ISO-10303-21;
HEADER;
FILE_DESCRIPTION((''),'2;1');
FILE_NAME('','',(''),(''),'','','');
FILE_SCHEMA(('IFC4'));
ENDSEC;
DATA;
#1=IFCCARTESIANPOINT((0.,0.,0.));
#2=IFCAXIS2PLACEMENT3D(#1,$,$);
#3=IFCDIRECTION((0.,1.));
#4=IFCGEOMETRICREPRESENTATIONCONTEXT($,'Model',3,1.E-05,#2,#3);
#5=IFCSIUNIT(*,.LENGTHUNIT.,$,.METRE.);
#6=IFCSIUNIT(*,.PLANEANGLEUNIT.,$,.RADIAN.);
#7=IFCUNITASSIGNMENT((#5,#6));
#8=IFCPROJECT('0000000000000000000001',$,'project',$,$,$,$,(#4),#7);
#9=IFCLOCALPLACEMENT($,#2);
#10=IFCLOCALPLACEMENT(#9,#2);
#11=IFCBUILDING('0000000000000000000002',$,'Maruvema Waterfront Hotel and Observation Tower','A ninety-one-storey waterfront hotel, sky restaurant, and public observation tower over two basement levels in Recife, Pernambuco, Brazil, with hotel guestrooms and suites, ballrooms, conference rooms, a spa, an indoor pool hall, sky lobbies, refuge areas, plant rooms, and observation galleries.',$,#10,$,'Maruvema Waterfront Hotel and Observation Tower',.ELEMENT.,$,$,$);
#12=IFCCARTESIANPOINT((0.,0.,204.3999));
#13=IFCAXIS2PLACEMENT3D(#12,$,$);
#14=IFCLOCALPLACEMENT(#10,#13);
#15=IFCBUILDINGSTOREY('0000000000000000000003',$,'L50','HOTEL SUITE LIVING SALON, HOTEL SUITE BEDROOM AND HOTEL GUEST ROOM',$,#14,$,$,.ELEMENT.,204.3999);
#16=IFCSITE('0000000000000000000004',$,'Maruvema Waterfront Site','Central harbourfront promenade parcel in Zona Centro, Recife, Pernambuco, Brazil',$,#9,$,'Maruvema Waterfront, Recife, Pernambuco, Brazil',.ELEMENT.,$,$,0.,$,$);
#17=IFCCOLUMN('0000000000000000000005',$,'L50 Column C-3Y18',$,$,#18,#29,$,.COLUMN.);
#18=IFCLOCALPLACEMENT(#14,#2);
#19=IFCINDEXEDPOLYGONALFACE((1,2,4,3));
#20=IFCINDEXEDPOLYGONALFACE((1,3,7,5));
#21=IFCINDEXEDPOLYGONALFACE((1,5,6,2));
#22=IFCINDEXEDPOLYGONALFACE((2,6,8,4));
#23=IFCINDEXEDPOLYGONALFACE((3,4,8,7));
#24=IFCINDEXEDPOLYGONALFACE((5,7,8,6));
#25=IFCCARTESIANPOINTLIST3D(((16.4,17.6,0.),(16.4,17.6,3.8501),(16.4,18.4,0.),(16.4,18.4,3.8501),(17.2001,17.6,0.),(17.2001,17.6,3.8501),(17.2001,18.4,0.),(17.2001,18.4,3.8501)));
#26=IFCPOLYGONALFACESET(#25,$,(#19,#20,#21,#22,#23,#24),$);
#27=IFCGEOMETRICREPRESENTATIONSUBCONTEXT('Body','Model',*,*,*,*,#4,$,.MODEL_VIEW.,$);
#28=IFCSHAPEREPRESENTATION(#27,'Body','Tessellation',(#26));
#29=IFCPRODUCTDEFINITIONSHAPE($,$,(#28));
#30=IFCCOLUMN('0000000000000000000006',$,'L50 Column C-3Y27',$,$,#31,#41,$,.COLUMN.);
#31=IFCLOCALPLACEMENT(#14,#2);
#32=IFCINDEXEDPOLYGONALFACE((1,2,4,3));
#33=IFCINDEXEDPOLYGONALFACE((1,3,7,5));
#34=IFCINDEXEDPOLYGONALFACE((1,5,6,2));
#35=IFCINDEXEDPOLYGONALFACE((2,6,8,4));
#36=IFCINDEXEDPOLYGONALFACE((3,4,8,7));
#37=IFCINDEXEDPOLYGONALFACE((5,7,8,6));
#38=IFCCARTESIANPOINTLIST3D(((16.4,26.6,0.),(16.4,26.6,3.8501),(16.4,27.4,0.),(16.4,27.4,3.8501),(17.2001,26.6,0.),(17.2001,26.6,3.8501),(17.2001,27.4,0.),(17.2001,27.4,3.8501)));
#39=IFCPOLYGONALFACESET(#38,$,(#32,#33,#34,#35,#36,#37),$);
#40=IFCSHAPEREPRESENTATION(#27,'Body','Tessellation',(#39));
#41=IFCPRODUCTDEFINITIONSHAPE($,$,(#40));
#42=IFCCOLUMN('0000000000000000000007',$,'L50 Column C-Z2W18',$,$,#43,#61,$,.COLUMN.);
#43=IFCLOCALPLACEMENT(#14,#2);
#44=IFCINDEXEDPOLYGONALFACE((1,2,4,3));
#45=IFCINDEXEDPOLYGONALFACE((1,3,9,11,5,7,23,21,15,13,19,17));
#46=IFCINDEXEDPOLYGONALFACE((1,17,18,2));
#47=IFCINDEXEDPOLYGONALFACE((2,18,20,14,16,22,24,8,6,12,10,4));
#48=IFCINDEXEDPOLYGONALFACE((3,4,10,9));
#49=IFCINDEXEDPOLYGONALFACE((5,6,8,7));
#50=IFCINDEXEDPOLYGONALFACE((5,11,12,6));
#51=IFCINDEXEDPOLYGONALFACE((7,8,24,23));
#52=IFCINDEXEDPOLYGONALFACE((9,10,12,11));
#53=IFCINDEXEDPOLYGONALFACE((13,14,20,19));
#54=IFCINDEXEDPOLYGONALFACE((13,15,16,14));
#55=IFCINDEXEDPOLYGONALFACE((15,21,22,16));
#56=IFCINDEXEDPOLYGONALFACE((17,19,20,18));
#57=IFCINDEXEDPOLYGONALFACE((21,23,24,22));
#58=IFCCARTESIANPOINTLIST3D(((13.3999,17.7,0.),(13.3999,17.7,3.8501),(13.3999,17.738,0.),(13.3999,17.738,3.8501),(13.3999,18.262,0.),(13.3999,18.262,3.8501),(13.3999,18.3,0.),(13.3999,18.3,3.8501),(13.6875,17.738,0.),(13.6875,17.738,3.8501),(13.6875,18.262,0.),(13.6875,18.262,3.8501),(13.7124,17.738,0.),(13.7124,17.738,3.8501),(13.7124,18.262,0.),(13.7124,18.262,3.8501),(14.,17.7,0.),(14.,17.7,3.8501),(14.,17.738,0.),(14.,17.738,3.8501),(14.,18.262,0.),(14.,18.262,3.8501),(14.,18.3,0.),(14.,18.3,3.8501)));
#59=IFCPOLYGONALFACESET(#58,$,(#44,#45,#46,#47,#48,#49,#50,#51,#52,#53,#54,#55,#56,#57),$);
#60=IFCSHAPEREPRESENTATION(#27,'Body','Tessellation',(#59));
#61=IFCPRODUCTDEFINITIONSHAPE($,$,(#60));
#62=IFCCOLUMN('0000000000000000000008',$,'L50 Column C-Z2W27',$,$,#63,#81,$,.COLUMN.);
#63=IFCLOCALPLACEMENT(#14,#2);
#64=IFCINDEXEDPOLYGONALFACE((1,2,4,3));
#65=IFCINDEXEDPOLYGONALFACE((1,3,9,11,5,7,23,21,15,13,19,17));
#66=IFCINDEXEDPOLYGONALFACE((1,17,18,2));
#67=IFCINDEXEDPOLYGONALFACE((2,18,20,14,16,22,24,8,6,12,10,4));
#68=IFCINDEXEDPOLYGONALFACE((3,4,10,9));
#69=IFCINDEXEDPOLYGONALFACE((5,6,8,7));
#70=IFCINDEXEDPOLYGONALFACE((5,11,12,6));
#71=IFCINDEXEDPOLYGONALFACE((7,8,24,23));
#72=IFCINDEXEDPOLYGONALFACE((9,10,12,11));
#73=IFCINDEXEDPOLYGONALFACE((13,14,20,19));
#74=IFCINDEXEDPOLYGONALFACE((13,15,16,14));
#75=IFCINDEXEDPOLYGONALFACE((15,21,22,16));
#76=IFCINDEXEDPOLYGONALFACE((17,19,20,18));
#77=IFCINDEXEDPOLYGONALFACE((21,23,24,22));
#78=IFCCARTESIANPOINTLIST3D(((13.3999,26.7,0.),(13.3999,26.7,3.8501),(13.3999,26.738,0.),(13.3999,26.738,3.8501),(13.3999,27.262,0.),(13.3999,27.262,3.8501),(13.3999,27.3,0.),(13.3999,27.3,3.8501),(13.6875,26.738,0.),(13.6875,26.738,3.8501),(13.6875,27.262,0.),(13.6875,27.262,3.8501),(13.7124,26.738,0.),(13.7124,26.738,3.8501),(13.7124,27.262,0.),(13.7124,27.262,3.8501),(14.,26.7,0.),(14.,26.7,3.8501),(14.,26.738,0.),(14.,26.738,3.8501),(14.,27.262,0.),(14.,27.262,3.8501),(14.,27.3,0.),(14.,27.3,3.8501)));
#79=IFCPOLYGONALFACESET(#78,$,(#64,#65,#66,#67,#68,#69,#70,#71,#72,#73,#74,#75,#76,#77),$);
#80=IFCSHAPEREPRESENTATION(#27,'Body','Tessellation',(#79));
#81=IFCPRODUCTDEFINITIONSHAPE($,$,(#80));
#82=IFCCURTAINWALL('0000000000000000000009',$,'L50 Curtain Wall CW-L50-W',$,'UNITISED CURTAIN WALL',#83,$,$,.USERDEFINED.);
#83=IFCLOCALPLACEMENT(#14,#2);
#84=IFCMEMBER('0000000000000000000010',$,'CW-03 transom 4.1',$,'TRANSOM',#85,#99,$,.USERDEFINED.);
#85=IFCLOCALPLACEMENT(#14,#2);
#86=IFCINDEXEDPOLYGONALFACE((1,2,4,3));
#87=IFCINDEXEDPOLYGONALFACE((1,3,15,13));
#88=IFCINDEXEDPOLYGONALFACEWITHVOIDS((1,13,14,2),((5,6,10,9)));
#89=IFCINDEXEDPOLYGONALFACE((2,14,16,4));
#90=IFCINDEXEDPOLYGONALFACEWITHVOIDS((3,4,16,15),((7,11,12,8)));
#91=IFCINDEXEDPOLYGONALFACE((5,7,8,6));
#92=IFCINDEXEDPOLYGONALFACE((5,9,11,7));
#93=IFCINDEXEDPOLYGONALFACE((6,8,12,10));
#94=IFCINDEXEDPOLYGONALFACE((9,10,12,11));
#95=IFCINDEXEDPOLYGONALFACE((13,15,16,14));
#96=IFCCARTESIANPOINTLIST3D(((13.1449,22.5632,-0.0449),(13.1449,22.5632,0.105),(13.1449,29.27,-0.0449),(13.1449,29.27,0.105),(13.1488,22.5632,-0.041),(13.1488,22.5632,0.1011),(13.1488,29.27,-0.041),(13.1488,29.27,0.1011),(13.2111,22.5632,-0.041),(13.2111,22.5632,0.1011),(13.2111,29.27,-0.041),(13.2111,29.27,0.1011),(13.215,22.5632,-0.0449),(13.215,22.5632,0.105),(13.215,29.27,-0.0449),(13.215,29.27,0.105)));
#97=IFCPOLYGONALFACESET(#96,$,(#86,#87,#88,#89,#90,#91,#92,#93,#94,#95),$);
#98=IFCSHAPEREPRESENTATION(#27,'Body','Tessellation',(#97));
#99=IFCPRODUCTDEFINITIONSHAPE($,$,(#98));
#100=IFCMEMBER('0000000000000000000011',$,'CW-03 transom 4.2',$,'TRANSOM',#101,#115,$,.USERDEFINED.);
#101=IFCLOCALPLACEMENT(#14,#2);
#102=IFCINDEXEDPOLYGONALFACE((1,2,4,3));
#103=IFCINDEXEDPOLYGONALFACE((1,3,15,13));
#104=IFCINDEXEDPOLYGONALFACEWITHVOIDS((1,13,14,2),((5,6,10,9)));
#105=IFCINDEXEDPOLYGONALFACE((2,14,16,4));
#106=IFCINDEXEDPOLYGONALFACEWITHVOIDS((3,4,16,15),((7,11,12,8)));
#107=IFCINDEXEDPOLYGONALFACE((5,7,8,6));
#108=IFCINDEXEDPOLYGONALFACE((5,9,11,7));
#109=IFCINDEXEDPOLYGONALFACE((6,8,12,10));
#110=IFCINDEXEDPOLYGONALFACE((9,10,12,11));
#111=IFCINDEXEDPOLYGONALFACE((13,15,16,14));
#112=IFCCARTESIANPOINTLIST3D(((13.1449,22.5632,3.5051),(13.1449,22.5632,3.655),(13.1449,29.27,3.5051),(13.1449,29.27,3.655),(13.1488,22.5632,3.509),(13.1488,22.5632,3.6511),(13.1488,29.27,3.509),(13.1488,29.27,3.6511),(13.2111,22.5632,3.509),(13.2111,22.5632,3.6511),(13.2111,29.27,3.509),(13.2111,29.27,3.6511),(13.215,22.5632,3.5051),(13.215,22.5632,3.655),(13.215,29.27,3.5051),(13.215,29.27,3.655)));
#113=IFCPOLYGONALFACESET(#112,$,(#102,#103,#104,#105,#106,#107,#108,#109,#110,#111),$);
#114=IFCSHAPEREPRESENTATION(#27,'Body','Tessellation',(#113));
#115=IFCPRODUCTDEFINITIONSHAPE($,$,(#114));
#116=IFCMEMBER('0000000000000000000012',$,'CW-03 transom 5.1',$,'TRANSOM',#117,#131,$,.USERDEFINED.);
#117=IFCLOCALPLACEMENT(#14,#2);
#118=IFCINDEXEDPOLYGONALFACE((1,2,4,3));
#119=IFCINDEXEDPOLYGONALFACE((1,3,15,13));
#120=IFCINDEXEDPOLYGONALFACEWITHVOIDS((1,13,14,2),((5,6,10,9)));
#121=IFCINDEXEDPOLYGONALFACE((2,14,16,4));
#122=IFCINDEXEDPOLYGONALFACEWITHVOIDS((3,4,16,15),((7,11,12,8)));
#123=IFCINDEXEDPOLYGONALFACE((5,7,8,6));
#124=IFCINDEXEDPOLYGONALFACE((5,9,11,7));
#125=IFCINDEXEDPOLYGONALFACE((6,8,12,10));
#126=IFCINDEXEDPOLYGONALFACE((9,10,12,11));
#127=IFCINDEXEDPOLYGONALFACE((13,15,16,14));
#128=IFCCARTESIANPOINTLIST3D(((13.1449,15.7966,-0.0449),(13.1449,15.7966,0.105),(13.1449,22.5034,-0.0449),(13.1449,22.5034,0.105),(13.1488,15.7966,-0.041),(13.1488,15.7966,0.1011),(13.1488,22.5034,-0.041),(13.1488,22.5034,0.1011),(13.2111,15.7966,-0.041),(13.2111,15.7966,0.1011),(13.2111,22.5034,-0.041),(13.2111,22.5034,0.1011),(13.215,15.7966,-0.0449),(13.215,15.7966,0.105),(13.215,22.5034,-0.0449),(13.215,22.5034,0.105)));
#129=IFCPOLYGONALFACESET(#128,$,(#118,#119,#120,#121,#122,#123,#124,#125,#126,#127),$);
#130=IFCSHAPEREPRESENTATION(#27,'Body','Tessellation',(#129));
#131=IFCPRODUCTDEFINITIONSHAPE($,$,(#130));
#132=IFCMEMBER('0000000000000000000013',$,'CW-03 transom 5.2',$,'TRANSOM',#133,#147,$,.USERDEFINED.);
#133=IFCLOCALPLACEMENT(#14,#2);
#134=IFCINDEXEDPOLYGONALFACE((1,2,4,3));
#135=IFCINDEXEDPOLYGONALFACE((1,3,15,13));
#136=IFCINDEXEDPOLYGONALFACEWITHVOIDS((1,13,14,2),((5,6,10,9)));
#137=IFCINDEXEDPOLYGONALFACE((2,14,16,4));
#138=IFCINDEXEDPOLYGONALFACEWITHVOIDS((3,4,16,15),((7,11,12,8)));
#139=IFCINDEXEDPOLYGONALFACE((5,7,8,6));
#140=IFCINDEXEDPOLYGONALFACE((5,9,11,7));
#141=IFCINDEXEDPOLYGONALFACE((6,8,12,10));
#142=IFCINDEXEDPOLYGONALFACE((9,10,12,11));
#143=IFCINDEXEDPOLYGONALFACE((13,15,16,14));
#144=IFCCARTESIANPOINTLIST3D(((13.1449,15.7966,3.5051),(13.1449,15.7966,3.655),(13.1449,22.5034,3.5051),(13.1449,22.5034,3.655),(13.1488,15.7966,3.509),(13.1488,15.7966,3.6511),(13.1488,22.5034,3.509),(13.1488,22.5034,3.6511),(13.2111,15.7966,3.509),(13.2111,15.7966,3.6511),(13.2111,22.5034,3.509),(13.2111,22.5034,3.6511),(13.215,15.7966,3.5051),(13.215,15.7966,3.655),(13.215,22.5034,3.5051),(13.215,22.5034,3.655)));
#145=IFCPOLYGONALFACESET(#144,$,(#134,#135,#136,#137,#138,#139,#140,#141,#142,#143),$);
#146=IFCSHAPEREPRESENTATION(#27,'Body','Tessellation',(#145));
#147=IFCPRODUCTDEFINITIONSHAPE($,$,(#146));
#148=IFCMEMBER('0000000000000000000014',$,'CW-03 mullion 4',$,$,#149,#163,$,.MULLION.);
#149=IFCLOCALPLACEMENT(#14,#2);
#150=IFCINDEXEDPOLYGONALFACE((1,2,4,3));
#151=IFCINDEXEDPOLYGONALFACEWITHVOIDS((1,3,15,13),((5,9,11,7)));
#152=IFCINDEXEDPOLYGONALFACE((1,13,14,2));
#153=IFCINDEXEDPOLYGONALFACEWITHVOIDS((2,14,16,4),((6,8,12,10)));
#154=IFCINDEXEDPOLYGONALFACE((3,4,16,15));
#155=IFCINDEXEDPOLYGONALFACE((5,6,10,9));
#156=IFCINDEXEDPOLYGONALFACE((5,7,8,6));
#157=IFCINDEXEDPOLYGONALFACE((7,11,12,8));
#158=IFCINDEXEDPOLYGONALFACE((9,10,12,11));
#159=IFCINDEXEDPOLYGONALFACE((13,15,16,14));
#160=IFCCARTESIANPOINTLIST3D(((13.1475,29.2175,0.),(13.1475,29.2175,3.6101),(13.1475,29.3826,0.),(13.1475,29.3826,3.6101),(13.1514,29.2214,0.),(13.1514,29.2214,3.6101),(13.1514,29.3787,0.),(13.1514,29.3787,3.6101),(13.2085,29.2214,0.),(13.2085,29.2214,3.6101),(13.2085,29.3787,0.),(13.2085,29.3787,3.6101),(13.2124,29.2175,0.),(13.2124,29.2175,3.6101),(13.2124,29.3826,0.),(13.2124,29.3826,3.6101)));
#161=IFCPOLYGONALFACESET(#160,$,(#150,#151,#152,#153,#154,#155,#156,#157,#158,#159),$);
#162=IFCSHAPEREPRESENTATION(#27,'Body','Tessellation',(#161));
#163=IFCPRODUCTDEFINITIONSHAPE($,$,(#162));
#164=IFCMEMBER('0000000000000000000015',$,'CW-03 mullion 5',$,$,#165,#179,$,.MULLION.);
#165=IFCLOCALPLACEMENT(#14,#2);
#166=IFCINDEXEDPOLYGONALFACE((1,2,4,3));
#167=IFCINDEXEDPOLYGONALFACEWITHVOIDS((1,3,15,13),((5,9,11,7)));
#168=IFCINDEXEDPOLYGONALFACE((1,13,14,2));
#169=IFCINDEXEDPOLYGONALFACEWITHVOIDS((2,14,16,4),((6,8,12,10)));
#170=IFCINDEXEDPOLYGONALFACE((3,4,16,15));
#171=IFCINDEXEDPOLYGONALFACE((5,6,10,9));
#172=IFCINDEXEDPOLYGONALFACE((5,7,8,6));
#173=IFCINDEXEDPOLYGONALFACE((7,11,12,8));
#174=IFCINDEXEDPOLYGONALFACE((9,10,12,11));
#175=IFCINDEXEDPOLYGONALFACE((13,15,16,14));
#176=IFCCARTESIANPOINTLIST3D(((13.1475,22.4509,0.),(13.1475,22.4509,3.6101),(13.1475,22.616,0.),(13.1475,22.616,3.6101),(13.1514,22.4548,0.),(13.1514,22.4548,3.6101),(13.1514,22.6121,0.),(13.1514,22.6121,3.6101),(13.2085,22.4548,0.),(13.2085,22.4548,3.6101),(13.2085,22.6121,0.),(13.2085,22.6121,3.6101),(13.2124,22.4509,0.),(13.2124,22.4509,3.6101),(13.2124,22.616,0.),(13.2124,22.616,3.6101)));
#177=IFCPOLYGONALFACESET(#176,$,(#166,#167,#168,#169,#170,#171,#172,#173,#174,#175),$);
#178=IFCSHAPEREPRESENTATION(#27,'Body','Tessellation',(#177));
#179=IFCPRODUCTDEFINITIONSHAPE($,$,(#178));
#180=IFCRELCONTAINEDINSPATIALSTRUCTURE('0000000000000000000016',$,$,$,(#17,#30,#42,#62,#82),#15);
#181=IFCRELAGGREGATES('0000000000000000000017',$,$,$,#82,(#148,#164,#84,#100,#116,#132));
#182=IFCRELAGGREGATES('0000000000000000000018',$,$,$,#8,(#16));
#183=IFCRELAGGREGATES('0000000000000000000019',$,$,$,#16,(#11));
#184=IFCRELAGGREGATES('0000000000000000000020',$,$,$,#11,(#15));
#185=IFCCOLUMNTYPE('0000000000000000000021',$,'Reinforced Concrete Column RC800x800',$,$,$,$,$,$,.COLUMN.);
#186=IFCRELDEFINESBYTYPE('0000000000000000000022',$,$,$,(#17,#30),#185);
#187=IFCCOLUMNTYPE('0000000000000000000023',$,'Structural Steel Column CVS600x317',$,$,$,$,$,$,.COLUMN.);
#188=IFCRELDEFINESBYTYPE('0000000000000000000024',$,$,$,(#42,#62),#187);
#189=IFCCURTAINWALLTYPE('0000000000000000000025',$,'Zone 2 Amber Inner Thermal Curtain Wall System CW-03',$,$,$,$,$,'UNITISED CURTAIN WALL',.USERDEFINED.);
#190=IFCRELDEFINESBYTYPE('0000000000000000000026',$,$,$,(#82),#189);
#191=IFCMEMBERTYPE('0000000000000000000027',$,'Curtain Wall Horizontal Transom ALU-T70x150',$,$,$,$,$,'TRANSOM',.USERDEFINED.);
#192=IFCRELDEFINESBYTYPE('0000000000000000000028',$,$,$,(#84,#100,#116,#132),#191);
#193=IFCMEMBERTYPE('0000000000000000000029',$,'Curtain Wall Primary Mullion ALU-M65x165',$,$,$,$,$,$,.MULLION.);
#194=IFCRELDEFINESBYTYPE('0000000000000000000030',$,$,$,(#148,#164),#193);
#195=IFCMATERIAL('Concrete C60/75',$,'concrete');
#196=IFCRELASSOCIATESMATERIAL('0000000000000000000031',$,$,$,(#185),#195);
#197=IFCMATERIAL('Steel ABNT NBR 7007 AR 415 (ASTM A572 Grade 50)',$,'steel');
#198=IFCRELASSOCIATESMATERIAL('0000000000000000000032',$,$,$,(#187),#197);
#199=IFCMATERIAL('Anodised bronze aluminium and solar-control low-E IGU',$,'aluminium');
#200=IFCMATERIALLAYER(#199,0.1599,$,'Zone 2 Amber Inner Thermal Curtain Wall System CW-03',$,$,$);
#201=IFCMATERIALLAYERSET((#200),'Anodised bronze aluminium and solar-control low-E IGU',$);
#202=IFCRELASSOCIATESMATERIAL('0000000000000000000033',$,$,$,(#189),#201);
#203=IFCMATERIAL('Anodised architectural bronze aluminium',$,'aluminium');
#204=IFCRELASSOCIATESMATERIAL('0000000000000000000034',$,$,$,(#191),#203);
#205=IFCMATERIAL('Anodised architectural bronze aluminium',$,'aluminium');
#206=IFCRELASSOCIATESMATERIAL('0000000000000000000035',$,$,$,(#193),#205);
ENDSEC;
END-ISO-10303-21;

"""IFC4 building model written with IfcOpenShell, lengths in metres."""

from ifc_helpers import new_model, si_unit, direction, frame, origin, origin_2d, place, context, subcontext, project, spatial, rectangle, hollow_rectangle, i_section, extrude, material, layer, layer_set, material_profile, profile_set, type_object, element, aggregate, save


model = new_model("IFC4")

# Units and contexts
model_context = context("Model", 3, precision=1e-05, world=origin(), true_north=direction((0.0, 1.0)))
body_context = subcontext(model_context, "Body", "Model", "MODEL_VIEW")
ifc_project = project(units=[si_unit("LENGTHUNIT", "METRE"), si_unit("PLANEANGLEUNIT", "RADIAN")], contexts=[model_context])

# Site, building, storey
site_placement = place(None, origin())
site = spatial("IfcSite", under=ifc_project, at=site_placement, Name="Maruvema Waterfront Site", Description="Central harbourfront promenade parcel in Zona Centro, Recife, Pernambuco, Brazil", LongName="Maruvema Waterfront, Recife, Pernambuco, Brazil", CompositionType="ELEMENT", RefElevation=0.0)
building_placement = place(site_placement, origin())
building = spatial("IfcBuilding", under=site, at=building_placement, Name="Maruvema Waterfront Hotel and Observation Tower", Description="A ninety-one-storey waterfront hotel, sky restaurant, and public observation tower over two basement levels in Recife, Pernambuco, Brazil, with hotel guestrooms and suites, ballrooms, conference rooms, a spa, an indoor pool hall, sky lobbies, refuge areas, plant rooms, and observation galleries.", LongName="Maruvema Waterfront Hotel and Observation Tower", CompositionType="ELEMENT")
storey_placement = place(building_placement, frame((0.0, 0.0, 204.3999)))
storey = spatial("IfcBuildingStorey", under=building, at=storey_placement, Name="L50", Description="HOTEL SUITE LIVING SALON, HOTEL SUITE BEDROOM AND HOTEL GUEST ROOM", CompositionType="ELEMENT", Elevation=204.3999)

# Columns
ifc_material_1 = material(Name="Concrete C60/75", Category="concrete")
ifc_material_profile_1 = material_profile(ifc_material_1, rectangle(XDim=0.8, YDim=0.8, at=origin_2d()), Name="RC800x800")
ifc_profile_set_1 = profile_set([ifc_material_profile_1], Name="Concrete C60/75")
column_type_1 = type_object("IfcColumnType", Name="Reinforced Concrete Column RC800x800", PredefinedType="COLUMN", material=ifc_profile_set_1)
for number, where, z_axis, x_axis, name in (
    (1, (16.8, 18.0, 0.0), (0.0, 0.0, 1.0), (1.0, 0.0, 0.0), "L50 Column C-3Y18"),
    (2, (16.8, 27.0, 0.0), (0.0, 0.0, 1.0), (1.0, 0.0, 0.0), "L50 Column C-3Y27"),
):
    element("IfcColumn", number, at=place(storey_placement, frame(where, z_axis=z_axis, x_axis=x_axis)), inside=storey, type_object=column_type_1, Name=name, PredefinedType="COLUMN", context=body_context, shape_type="SweptSolid", body=[
        extrude(rectangle(XDim=0.8, YDim=0.8, at=origin_2d()), origin(), (0.0, 0.0, 1.0), 3.8501),
    ])
ifc_material_2 = material(Name="Steel ABNT NBR 7007 AR 415 (ASTM A572 Grade 50)", Category="steel")
ifc_material_profile_2 = material_profile(ifc_material_2, i_section(OverallWidth=0.6001, OverallDepth=0.6001, WebThickness=0.0249, FlangeThickness=0.0381, at=origin_2d()), Name="CVS600x317")
ifc_profile_set_2 = profile_set([ifc_material_profile_2], Name="Steel ABNT NBR 7007 AR 415 (ASTM A572 Grade 50)")
column_type_2 = type_object("IfcColumnType", Name="Structural Steel Column CVS600x317", PredefinedType="COLUMN", material=ifc_profile_set_2)
for number, where, z_axis, x_axis, name in (
    (3, (13.7, 18.0, 0.0), (0.0, 0.0, 1.0), (1.0, 0.0, 0.0), "L50 Column C-Z2W18"),
    (4, (13.7, 27.0, 0.0), (0.0, 0.0, 1.0), (1.0, 0.0, 0.0), "L50 Column C-Z2W27"),
):
    element("IfcColumn", number, at=place(storey_placement, frame(where, z_axis=z_axis, x_axis=x_axis)), inside=storey, type_object=column_type_2, Name=name, PredefinedType="COLUMN", context=body_context, shape_type="SweptSolid", body=[
        extrude(i_section(OverallWidth=0.6001, OverallDepth=0.6001, WebThickness=0.0249, FlangeThickness=0.0381, at=origin_2d()), origin(), (0.0, 0.0, 1.0), 3.8501),
    ])

# Curtain wall, members
ifc_material_3 = material(Name="Anodised bronze aluminium and solar-control low-E IGU", Category="aluminium")
ifc_layer_1 = layer(ifc_material_3, 0.1599, Name="Zone 2 Amber Inner Thermal Curtain Wall System CW-03")
ifc_layer_set_1 = layer_set([ifc_layer_1], Name="Anodised bronze aluminium and solar-control low-E IGU")
curtain_wall_type = type_object("IfcCurtainWallType", Name="Zone 2 Amber Inner Thermal Curtain Wall System CW-03", ElementType="UNITISED CURTAIN WALL", PredefinedType="USERDEFINED", material=ifc_layer_set_1)
curtain_wall_placement = place(storey_placement, origin())
curtain_wall = element("IfcCurtainWall", 5, at=curtain_wall_placement, inside=storey, type_object=curtain_wall_type, Name="L50 Curtain Wall CW-L50-W", ObjectType="UNITISED CURTAIN WALL", PredefinedType="USERDEFINED")
ifc_material_4 = material(Name="Anodised architectural bronze aluminium", Category="aluminium")
ifc_material_profile_3 = material_profile(ifc_material_4, hollow_rectangle(XDim=0.0701, YDim=0.1499, WallThickness=0.0039, at=origin_2d()), Name="ALU-T70x150")
ifc_profile_set_3 = profile_set([ifc_material_profile_3], Name="Anodised architectural bronze aluminium")
member_type_1 = type_object("IfcMemberType", Name="Curtain Wall Horizontal Transom ALU-T70x150", ElementType="TRANSOM", PredefinedType="USERDEFINED", material=ifc_profile_set_3)
member_1_placement = place(storey_placement, frame((13.1799, 29.27, 0.03), z_axis=(0.0, -1.0, 0.0), x_axis=(1.0, 0.0, 0.0)))
member_1 = element("IfcMember", 6, at=member_1_placement, type_object=member_type_1, Name="CW-03 transom 4.1", ObjectType="TRANSOM", PredefinedType="USERDEFINED", context=body_context, shape_type="SweptSolid", body=[
    extrude(hollow_rectangle(XDim=0.0701, YDim=0.1499, WallThickness=0.0039, at=origin_2d()), origin(), (0.0, 0.0, 1.0), 6.7068),
])
member_2_placement = place(storey_placement, frame((13.1799, 29.27, 3.5801), z_axis=(0.0, -1.0, 0.0), x_axis=(1.0, 0.0, 0.0)))
member_2 = element("IfcMember", 7, at=member_2_placement, type_object=member_type_1, Name="CW-03 transom 4.2", ObjectType="TRANSOM", PredefinedType="USERDEFINED", context=body_context, shape_type="SweptSolid", body=[
    extrude(hollow_rectangle(XDim=0.0701, YDim=0.1499, WallThickness=0.0039, at=origin_2d()), origin(), (0.0, 0.0, 1.0), 6.7068),
])
member_3_placement = place(storey_placement, frame((13.1799, 22.5034, 0.03), z_axis=(0.0, -1.0, 0.0), x_axis=(1.0, 0.0, 0.0)))
member_3 = element("IfcMember", 8, at=member_3_placement, type_object=member_type_1, Name="CW-03 transom 5.1", ObjectType="TRANSOM", PredefinedType="USERDEFINED", context=body_context, shape_type="SweptSolid", body=[
    extrude(hollow_rectangle(XDim=0.0701, YDim=0.1499, WallThickness=0.0039, at=origin_2d()), origin(), (0.0, 0.0, 1.0), 6.7068),
])
member_4_placement = place(storey_placement, frame((13.1799, 22.5034, 3.5801), z_axis=(0.0, -1.0, 0.0), x_axis=(1.0, 0.0, 0.0)))
member_4 = element("IfcMember", 9, at=member_4_placement, type_object=member_type_1, Name="CW-03 transom 5.2", ObjectType="TRANSOM", PredefinedType="USERDEFINED", context=body_context, shape_type="SweptSolid", body=[
    extrude(hollow_rectangle(XDim=0.0701, YDim=0.1499, WallThickness=0.0039, at=origin_2d()), origin(), (0.0, 0.0, 1.0), 6.7068),
])
ifc_material_5 = material(Name="Anodised architectural bronze aluminium", Category="aluminium")
ifc_material_profile_4 = material_profile(ifc_material_5, hollow_rectangle(XDim=0.0649, YDim=0.165, WallThickness=0.0039, at=origin_2d()), Name="ALU-M65x165")
ifc_profile_set_4 = profile_set([ifc_material_profile_4], Name="Anodised architectural bronze aluminium")
member_type_2 = type_object("IfcMemberType", Name="Curtain Wall Primary Mullion ALU-M65x165", PredefinedType="MULLION", material=ifc_profile_set_4)
member_5_placement = place(storey_placement, frame((13.1799, 29.3, 0.0), z_axis=(0.0, 0.0, 1.0), x_axis=(1.0, 0.0, 0.0)))
member_5 = element("IfcMember", 10, at=member_5_placement, type_object=member_type_2, Name="CW-03 mullion 4", PredefinedType="MULLION", context=body_context, shape_type="SweptSolid", body=[
    extrude(hollow_rectangle(XDim=0.0649, YDim=0.165, WallThickness=0.0039, at=origin_2d()), origin(), (0.0, 0.0, 1.0), 3.6101),
])
member_6_placement = place(storey_placement, frame((13.1799, 22.5334, 0.0), z_axis=(0.0, 0.0, 1.0), x_axis=(1.0, 0.0, 0.0)))
member_6 = element("IfcMember", 11, at=member_6_placement, type_object=member_type_2, Name="CW-03 mullion 5", PredefinedType="MULLION", context=body_context, shape_type="SweptSolid", body=[
    extrude(hollow_rectangle(XDim=0.0649, YDim=0.165, WallThickness=0.0039, at=origin_2d()), origin(), (0.0, 0.0, 1.0), 3.6101),
])

aggregate(curtain_wall, [member_5, member_6, member_1, member_2, member_3, member_4])

save(model, "model.ifc")
